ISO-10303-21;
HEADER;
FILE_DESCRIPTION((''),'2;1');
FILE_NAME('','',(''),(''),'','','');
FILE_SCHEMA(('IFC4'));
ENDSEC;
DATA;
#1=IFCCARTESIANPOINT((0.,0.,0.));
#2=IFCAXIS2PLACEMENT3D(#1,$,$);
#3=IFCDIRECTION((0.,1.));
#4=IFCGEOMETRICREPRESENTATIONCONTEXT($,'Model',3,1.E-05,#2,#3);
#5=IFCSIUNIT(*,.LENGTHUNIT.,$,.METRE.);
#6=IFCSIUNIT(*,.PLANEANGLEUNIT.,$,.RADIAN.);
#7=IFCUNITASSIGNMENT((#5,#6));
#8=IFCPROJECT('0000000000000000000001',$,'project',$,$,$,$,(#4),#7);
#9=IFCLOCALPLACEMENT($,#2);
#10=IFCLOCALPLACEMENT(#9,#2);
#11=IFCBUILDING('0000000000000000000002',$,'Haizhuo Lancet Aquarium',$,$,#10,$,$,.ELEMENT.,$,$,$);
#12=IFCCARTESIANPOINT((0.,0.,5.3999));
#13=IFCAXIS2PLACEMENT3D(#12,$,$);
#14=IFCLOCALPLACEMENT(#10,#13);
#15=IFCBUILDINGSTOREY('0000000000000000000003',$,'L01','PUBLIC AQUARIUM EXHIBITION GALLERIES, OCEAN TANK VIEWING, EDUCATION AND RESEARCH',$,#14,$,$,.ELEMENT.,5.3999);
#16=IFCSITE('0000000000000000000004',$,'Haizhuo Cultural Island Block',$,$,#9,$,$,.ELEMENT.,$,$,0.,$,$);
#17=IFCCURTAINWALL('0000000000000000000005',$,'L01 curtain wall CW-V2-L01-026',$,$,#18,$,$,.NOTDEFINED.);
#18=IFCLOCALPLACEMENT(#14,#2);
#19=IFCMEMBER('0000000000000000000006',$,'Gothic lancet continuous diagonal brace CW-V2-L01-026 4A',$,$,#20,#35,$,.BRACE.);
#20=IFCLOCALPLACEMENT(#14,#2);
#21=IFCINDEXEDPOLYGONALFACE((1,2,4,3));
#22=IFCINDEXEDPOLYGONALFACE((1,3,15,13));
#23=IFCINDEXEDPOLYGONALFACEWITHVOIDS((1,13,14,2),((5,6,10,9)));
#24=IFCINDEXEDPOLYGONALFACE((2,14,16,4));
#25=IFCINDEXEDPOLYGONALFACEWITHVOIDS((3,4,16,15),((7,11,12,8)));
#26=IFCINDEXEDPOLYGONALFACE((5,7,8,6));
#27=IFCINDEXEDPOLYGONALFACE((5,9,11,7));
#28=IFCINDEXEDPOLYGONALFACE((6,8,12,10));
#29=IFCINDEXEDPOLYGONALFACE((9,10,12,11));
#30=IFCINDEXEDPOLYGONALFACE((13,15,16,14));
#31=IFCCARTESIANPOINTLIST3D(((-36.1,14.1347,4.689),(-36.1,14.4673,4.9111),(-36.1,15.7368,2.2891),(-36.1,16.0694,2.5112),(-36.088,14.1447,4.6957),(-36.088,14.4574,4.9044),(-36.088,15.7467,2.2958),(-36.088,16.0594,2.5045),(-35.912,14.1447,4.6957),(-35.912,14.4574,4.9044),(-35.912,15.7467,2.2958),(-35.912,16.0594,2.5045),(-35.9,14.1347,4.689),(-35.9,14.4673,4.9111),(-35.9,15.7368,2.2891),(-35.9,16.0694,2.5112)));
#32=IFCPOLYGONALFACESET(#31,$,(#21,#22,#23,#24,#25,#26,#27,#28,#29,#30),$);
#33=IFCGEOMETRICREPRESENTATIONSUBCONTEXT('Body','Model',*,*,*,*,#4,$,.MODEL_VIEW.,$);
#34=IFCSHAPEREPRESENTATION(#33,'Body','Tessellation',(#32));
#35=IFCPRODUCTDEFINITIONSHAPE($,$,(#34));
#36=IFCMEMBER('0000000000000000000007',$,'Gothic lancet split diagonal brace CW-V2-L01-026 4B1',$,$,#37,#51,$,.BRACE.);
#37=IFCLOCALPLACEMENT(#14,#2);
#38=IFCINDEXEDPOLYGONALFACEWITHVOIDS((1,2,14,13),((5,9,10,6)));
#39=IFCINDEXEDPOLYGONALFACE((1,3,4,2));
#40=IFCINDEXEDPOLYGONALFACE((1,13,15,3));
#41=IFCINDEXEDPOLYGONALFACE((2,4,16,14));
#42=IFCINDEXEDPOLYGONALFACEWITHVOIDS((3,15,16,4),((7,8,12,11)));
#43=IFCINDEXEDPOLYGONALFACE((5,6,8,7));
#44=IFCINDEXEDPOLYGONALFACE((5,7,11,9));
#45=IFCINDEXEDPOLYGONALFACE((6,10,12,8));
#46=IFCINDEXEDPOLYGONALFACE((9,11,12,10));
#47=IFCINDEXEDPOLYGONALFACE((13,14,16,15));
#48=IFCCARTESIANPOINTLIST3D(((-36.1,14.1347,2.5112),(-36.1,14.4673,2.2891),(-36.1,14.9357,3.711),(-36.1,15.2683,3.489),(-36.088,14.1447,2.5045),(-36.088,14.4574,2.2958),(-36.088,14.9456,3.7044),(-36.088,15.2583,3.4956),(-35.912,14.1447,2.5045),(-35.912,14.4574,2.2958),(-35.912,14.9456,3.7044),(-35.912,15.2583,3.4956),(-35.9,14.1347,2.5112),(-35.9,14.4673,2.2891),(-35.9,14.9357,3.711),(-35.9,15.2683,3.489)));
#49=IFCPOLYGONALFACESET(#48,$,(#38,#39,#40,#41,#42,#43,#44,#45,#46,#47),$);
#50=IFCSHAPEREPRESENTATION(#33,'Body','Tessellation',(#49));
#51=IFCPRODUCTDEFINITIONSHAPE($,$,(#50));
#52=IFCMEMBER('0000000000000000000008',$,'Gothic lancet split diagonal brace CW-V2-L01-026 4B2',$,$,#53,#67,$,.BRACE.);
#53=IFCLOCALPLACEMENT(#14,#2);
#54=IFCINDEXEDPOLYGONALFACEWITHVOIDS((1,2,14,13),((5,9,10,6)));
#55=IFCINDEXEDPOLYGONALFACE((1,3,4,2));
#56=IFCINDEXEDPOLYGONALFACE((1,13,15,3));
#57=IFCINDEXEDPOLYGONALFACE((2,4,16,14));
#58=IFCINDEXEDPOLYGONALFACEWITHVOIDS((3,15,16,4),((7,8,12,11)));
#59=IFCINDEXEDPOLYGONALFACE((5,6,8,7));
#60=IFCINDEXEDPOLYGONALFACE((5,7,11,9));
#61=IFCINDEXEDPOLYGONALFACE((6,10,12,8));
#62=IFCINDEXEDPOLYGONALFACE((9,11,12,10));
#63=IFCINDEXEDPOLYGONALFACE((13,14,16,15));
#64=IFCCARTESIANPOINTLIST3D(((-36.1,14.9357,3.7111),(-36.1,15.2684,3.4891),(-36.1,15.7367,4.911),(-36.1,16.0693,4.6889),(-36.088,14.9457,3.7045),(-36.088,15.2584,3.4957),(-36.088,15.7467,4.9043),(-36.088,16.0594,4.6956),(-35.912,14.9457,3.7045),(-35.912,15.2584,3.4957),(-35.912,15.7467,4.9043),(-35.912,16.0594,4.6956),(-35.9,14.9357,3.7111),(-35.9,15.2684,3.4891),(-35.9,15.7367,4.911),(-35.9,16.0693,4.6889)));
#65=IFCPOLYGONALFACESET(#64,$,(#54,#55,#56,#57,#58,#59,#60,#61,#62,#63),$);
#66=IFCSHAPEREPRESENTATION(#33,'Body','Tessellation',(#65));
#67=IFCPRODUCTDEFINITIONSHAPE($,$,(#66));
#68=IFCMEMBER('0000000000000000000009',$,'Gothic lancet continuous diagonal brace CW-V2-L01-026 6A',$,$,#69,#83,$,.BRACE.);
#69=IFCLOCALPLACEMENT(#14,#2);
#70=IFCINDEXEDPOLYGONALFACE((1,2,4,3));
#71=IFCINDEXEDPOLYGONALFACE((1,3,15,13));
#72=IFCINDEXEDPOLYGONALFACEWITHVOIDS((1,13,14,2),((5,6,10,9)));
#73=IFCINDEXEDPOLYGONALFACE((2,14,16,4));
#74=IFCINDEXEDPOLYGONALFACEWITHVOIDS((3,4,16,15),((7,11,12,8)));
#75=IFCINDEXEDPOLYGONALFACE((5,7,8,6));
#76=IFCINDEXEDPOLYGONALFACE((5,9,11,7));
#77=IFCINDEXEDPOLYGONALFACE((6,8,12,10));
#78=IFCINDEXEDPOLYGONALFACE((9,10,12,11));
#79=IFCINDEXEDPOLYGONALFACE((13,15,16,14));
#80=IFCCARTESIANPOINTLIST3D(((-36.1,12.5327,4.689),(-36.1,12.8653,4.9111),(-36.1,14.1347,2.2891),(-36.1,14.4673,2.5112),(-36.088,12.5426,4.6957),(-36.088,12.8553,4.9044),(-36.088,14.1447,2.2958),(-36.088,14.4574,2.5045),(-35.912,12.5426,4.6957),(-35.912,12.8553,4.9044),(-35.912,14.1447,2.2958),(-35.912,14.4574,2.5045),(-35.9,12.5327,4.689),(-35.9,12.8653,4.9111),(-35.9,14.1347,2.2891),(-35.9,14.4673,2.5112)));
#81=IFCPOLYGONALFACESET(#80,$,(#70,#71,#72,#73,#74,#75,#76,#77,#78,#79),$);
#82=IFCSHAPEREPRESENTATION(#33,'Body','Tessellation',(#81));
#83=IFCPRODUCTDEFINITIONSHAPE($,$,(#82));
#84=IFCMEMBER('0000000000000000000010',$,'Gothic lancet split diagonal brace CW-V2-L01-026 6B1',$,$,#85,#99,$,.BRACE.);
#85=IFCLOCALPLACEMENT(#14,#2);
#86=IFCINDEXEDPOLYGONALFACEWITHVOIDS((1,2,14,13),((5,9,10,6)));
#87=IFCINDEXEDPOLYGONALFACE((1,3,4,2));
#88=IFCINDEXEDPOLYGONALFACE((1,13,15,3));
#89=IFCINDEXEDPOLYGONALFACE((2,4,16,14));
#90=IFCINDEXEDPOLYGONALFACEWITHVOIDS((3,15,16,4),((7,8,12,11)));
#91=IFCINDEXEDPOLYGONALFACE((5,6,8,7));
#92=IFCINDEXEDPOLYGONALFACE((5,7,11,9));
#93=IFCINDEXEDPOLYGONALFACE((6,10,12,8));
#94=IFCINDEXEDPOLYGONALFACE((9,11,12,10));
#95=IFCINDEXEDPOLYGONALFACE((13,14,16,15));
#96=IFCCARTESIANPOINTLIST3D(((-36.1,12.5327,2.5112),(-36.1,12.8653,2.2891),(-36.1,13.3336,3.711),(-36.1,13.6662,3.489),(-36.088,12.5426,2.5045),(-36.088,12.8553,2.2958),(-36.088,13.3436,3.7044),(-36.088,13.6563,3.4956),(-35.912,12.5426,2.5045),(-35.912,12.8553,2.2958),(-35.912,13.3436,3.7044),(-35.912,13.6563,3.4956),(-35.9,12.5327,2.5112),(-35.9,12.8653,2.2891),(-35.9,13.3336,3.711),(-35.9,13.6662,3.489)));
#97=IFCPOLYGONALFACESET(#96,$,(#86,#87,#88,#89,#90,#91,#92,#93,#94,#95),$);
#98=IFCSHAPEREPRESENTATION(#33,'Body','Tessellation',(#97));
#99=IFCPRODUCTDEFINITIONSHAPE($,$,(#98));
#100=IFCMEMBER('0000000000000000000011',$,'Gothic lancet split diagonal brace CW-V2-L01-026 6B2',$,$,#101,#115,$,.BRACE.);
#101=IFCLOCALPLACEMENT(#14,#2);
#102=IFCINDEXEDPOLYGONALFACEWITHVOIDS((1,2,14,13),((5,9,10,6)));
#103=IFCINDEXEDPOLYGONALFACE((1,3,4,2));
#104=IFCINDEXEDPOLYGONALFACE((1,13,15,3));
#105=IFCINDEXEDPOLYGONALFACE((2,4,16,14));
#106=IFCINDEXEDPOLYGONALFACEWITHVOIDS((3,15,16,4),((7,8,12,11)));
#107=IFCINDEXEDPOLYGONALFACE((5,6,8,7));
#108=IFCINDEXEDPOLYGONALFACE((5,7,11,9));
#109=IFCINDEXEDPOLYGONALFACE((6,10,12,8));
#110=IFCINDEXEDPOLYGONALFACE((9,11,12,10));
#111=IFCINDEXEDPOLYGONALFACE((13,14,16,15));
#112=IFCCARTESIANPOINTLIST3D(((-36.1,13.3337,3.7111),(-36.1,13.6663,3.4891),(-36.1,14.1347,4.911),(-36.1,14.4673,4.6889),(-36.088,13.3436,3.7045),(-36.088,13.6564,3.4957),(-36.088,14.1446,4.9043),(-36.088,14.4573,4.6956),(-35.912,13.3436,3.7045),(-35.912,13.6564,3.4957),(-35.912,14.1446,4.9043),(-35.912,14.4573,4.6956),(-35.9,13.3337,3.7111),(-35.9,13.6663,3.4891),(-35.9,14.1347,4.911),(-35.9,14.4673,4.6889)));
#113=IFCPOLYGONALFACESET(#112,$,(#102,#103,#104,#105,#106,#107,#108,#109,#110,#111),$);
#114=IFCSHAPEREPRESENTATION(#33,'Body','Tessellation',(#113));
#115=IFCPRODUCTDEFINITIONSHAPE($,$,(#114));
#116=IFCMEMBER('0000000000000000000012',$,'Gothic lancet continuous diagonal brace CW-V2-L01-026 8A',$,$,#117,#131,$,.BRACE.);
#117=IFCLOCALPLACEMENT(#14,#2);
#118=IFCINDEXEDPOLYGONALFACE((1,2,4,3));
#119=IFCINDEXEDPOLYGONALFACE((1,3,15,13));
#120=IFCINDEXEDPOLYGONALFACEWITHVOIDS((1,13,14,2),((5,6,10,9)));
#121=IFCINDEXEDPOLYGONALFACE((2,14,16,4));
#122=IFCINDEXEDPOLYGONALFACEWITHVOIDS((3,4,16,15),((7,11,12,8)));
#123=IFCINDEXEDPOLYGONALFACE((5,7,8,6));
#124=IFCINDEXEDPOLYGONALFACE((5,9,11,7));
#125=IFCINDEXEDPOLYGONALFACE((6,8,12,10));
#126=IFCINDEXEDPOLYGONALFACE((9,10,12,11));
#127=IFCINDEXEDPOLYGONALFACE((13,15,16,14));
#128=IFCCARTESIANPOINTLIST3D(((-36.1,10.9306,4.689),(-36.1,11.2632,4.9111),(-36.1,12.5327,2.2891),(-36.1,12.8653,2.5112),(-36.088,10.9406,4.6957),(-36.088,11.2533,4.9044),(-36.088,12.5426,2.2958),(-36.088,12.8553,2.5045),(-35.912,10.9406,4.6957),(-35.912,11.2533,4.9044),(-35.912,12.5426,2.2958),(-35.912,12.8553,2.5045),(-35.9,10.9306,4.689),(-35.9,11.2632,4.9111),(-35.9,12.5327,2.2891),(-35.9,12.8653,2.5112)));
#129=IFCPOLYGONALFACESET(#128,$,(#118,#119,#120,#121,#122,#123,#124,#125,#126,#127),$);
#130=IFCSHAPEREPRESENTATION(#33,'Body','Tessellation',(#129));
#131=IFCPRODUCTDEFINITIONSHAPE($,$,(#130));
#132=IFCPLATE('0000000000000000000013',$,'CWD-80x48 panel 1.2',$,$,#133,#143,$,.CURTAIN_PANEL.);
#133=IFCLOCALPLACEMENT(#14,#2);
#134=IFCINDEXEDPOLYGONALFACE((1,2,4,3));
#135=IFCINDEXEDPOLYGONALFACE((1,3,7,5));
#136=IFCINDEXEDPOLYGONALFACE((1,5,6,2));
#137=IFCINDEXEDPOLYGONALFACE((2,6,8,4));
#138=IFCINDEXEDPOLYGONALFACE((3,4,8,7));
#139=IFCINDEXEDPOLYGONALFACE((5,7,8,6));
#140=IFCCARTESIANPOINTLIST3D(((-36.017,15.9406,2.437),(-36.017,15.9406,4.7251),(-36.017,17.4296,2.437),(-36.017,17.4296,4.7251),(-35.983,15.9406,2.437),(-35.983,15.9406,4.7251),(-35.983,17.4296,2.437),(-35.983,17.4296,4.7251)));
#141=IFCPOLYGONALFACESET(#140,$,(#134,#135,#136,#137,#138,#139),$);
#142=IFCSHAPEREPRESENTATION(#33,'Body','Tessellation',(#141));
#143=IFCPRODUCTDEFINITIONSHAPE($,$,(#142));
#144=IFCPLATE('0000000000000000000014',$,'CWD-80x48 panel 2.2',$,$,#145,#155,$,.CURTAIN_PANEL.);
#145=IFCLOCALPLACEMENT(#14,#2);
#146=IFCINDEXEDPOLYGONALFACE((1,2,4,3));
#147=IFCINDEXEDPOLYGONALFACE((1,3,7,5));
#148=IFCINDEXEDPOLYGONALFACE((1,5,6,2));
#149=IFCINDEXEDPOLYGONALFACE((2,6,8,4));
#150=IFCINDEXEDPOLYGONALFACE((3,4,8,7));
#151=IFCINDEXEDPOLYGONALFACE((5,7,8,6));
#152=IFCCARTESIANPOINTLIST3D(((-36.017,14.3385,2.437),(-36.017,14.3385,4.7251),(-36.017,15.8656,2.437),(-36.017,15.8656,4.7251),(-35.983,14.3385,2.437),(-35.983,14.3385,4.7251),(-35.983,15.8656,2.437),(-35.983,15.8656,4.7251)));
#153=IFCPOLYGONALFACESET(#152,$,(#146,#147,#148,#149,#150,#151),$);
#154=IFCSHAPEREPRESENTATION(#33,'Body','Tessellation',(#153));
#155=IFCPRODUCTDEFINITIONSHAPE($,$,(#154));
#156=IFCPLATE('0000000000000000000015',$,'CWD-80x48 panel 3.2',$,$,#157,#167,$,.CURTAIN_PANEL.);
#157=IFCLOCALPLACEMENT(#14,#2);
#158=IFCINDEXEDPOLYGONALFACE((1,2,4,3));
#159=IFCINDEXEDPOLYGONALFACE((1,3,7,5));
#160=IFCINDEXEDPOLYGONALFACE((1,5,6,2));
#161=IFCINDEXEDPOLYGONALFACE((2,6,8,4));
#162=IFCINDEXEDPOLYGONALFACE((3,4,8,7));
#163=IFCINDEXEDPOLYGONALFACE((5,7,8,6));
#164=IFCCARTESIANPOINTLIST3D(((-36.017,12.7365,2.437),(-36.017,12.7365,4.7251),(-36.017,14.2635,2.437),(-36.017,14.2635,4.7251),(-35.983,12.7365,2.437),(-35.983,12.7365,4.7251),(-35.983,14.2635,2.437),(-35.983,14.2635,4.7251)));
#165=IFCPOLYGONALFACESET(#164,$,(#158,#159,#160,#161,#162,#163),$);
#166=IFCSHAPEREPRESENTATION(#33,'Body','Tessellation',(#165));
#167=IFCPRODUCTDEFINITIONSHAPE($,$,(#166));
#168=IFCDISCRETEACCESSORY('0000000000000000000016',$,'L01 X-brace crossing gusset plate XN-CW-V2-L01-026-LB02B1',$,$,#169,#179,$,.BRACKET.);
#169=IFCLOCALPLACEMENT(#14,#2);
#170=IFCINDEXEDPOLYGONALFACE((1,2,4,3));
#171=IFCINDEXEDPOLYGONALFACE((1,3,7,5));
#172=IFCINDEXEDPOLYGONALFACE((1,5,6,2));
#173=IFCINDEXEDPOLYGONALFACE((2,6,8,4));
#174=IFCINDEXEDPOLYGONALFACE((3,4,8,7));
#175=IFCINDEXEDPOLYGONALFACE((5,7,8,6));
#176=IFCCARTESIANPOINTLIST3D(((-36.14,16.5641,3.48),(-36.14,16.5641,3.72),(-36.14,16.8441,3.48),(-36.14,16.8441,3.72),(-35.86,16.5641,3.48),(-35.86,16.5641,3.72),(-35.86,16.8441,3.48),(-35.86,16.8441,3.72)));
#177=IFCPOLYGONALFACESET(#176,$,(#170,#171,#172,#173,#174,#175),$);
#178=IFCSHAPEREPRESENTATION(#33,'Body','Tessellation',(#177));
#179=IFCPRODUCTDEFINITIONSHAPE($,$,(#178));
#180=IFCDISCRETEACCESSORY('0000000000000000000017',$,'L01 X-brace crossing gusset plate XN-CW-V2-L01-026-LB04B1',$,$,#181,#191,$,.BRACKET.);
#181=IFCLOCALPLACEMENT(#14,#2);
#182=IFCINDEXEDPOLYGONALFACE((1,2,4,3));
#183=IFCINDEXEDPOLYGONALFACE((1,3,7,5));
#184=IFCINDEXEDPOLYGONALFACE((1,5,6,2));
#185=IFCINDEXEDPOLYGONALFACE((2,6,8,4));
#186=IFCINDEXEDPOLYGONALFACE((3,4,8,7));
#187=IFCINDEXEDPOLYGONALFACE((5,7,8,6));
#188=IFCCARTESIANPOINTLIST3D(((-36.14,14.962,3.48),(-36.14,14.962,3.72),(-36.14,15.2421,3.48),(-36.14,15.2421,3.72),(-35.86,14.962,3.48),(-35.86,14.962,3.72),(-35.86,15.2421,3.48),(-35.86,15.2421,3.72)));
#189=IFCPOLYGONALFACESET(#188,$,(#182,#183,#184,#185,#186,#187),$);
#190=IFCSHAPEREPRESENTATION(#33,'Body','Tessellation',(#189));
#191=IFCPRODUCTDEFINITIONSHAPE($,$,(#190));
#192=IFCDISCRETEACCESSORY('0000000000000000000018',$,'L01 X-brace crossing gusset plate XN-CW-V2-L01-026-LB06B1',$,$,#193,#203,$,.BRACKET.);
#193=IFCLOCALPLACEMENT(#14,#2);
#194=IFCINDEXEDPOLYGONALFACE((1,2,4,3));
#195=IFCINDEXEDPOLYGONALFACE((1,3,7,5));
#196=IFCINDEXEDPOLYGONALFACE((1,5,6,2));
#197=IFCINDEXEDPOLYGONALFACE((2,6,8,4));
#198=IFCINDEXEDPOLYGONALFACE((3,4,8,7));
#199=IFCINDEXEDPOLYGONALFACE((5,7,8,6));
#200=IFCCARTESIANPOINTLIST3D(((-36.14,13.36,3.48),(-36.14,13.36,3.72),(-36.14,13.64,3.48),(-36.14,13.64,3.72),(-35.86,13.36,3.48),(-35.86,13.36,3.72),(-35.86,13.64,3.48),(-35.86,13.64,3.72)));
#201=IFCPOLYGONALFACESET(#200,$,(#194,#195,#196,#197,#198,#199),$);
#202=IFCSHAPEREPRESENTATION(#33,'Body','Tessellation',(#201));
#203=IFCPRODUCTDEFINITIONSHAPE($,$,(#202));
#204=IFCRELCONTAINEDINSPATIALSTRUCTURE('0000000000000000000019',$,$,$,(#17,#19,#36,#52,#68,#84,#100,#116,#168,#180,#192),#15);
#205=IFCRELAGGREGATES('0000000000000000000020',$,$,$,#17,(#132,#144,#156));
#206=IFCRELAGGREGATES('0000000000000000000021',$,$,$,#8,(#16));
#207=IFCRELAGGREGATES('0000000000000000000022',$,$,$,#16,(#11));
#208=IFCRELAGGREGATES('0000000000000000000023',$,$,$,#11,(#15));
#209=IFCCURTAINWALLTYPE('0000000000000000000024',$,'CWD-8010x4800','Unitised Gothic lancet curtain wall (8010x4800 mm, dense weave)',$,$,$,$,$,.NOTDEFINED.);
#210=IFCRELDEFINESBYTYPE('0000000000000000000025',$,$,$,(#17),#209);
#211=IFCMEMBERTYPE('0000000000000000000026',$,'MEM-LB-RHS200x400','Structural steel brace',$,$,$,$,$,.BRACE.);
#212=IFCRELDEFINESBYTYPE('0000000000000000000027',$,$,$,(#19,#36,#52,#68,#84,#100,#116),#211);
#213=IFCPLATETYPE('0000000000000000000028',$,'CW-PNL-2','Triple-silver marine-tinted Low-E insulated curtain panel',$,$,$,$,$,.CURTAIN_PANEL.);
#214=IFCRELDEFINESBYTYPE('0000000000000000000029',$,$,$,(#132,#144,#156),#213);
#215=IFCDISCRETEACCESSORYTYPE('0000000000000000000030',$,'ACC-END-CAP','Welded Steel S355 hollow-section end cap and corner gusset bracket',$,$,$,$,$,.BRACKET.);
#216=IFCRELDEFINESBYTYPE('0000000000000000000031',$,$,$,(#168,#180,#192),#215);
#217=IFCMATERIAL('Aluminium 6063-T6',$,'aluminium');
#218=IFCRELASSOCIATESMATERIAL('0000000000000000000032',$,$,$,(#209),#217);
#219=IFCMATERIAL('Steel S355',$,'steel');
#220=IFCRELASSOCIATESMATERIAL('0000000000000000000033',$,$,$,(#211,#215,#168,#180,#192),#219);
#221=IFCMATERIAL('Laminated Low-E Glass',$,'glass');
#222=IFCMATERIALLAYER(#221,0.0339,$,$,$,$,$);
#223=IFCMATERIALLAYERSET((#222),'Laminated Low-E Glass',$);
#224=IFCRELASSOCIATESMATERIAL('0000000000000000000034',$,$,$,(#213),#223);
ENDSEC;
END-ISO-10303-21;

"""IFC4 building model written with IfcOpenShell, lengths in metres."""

from ifc_helpers import new_model, si_unit, direction, frame, origin, origin_2d, place, context, subcontext, project, spatial, rectangle, hollow_rectangle, extrude, material, layer, layer_set, material_profile, profile_set, type_object, element, aggregate, save


model = new_model("IFC4")

# Units and contexts
model_context = context("Model", 3, precision=1e-05, world=origin(), true_north=direction((0.0, 1.0)))
body_context = subcontext(model_context, "Body", "Model", "MODEL_VIEW")
ifc_project = project(units=[si_unit("LENGTHUNIT", "METRE"), si_unit("PLANEANGLEUNIT", "RADIAN")], contexts=[model_context])

# Site, building, storey
site_placement = place(None, origin())
site = spatial("IfcSite", under=ifc_project, at=site_placement, Name="Haizhuo Cultural Island Block", CompositionType="ELEMENT", RefElevation=0.0)
building_placement = place(site_placement, origin())
building = spatial("IfcBuilding", under=site, at=building_placement, Name="Haizhuo Lancet Aquarium", CompositionType="ELEMENT")
storey_placement = place(building_placement, frame((0.0, 0.0, 5.3999)))
storey = spatial("IfcBuildingStorey", under=building, at=storey_placement, Name="L01", Description="PUBLIC AQUARIUM EXHIBITION GALLERIES, OCEAN TANK VIEWING, EDUCATION AND RESEARCH", CompositionType="ELEMENT", Elevation=5.3999)

# Curtain wall
ifc_material_1 = material(Name="Aluminium 6063-T6", Category="aluminium")
curtain_wall_type = type_object("IfcCurtainWallType", Name="CWD-8010x4800", Description="Unitised Gothic lancet curtain wall (8010x4800 mm, dense weave)", PredefinedType="NOTDEFINED", material=ifc_material_1)
curtain_wall_placement = place(storey_placement, origin())
curtain_wall = element("IfcCurtainWall", 1, at=curtain_wall_placement, inside=storey, type_object=curtain_wall_type, Name="L01 curtain wall CW-V2-L01-026", PredefinedType="NOTDEFINED")

# Members
ifc_material_2 = material(Name="Steel S355", Category="steel")
ifc_material_profile_1 = material_profile(ifc_material_2, hollow_rectangle(XDim=0.2, YDim=0.3999, WallThickness=0.012, at=origin_2d()), Name="RHS 200x400x12")
ifc_profile_set_1 = profile_set([ifc_material_profile_1], Name="Steel S355")
member_type_1 = type_object("IfcMemberType", Name="MEM-LB-RHS200x400", Description="Structural steel brace", PredefinedType="BRACE", material=ifc_profile_set_1)
member_1_placement = place(storey_placement, frame((-36.0, 15.9031, 2.4001), z_axis=(0.0, -0.555208, 0.831712), x_axis=(1.0, 0.0, 0.0)))
element("IfcMember", 2, at=member_1_placement, inside=storey, type_object=member_type_1, Name="Gothic lancet continuous diagonal brace CW-V2-L01-026 4A", PredefinedType="BRACE", context=body_context, shape_type="SweptSolid", body=[
    extrude(hollow_rectangle(XDim=0.2, YDim=0.3999, WallThickness=0.012, at=origin_2d()), origin(), (0.0, 0.0, 1.0), 2.8855),
])
for number, where, z_axis, x_axis, name in (
    (3, (-36.0, 14.301, 2.4001), (0.0, 0.555208, 0.831712), (-1.0, 0.0, 0.0), "Gothic lancet split diagonal brace CW-V2-L01-026 4B1"),
    (4, (-36.0, 15.1021, 3.6001), (0.0, 0.555208, 0.831712), (-1.0, 0.0, 0.0), "Gothic lancet split diagonal brace CW-V2-L01-026 4B2"),
):
    element("IfcMember", number, at=place(storey_placement, frame(where, z_axis=z_axis, x_axis=x_axis)), inside=storey, type_object=member_type_1, Name=name, PredefinedType="BRACE", context=body_context, shape_type="SweptSolid", body=[
        extrude(hollow_rectangle(XDim=0.2, YDim=0.3999, WallThickness=0.012, at=origin_2d()), origin(), (0.0, 0.0, 1.0), 1.4426),
    ])
member_2_placement = place(storey_placement, frame((-36.0, 14.301, 2.4001), z_axis=(0.0, -0.555208, 0.831712), x_axis=(1.0, 0.0, 0.0)))
element("IfcMember", 5, at=member_2_placement, inside=storey, type_object=member_type_1, Name="Gothic lancet continuous diagonal brace CW-V2-L01-026 6A", PredefinedType="BRACE", context=body_context, shape_type="SweptSolid", body=[
    extrude(hollow_rectangle(XDim=0.2, YDim=0.3999, WallThickness=0.012, at=origin_2d()), origin(), (0.0, 0.0, 1.0), 2.8855),
])
for number, where, z_axis, x_axis, name in (
    (6, (-36.0, 12.699, 2.4001), (0.0, 0.555208, 0.831712), (-1.0, 0.0, 0.0), "Gothic lancet split diagonal brace CW-V2-L01-026 6B1"),
    (7, (-36.0, 13.5, 3.6001), (0.0, 0.555208, 0.831712), (-1.0, 0.0, 0.0), "Gothic lancet split diagonal brace CW-V2-L01-026 6B2"),
):
    element("IfcMember", number, at=place(storey_placement, frame(where, z_axis=z_axis, x_axis=x_axis)), inside=storey, type_object=member_type_1, Name=name, PredefinedType="BRACE", context=body_context, shape_type="SweptSolid", body=[
        extrude(hollow_rectangle(XDim=0.2, YDim=0.3999, WallThickness=0.012, at=origin_2d()), origin(), (0.0, 0.0, 1.0), 1.4426),
    ])
member_3_placement = place(storey_placement, frame((-36.0, 12.699, 2.4001), z_axis=(0.0, -0.555208, 0.831712), x_axis=(1.0, 0.0, 0.0)))
element("IfcMember", 8, at=member_3_placement, inside=storey, type_object=member_type_1, Name="Gothic lancet continuous diagonal brace CW-V2-L01-026 8A", PredefinedType="BRACE", context=body_context, shape_type="SweptSolid", body=[
    extrude(hollow_rectangle(XDim=0.2, YDim=0.3999, WallThickness=0.012, at=origin_2d()), origin(), (0.0, 0.0, 1.0), 2.8855),
])

# Plates
ifc_material_3 = material(Name="Laminated Low-E Glass", Category="glass")
ifc_layer = layer(ifc_material_3, 0.0339)
ifc_layer_set = layer_set([ifc_layer], Name="Laminated Low-E Glass")
plate_type = type_object("IfcPlateType", Name="CW-PNL-2", Description="Triple-silver marine-tinted Low-E insulated curtain panel", PredefinedType="CURTAIN_PANEL", material=ifc_layer_set)
plate_1_placement = place(storey_placement, frame((-36.0, 16.6851, 2.437), z_axis=(0.0, 0.0, 1.0), x_axis=(0.0, -1.0, 0.0)))
plate_1 = element("IfcPlate", 9, at=plate_1_placement, type_object=plate_type, Name="CWD-80x48 panel 1.2", PredefinedType="CURTAIN_PANEL", context=body_context, shape_type="SweptSolid", body=[
    extrude(rectangle(XDim=1.489, YDim=0.0339, at=origin_2d()), origin(), (0.0, 0.0, 1.0), 2.2881),
])
plate_2_placement = place(storey_placement, frame((-36.0, 15.1021, 2.437), z_axis=(0.0, 0.0, 1.0), x_axis=(0.0, -1.0, 0.0)))
plate_2 = element("IfcPlate", 10, at=plate_2_placement, type_object=plate_type, Name="CWD-80x48 panel 2.2", PredefinedType="CURTAIN_PANEL", context=body_context, shape_type="SweptSolid", body=[
    extrude(rectangle(XDim=1.5271, YDim=0.0339, at=origin_2d()), origin(), (0.0, 0.0, 1.0), 2.2881),
])
plate_3_placement = place(storey_placement, frame((-36.0, 13.5, 2.437), z_axis=(0.0, 0.0, 1.0), x_axis=(0.0, -1.0, 0.0)))
plate_3 = element("IfcPlate", 11, at=plate_3_placement, type_object=plate_type, Name="CWD-80x48 panel 3.2", PredefinedType="CURTAIN_PANEL", context=body_context, shape_type="SweptSolid", body=[
    extrude(rectangle(XDim=1.5271, YDim=0.0339, at=origin_2d()), origin(), (0.0, 0.0, 1.0), 2.2881),
])
aggregate(curtain_wall, [plate_1, plate_2, plate_3])

# Discrete accessories
discrete_accessory_type = type_object("IfcDiscreteAccessoryType", Name="ACC-END-CAP", Description="Welded Steel S355 hollow-section end cap and corner gusset bracket", PredefinedType="BRACKET", material=ifc_material_2)
for number, where, z_axis, x_axis, name in (
    (12, (-36.0, 16.7041, 3.48), (0.0, 0.0, 1.0), (1.0, 0.0, 0.0), "L01 X-brace crossing gusset plate XN-CW-V2-L01-026-LB02B1"),
    (13, (-36.0, 15.1021, 3.48), (0.0, 0.0, 1.0), (1.0, 0.0, 0.0), "L01 X-brace crossing gusset plate XN-CW-V2-L01-026-LB04B1"),
    (14, (-36.0, 13.5, 3.48), (0.0, 0.0, 1.0), (1.0, 0.0, 0.0), "L01 X-brace crossing gusset plate XN-CW-V2-L01-026-LB06B1"),
):
    element("IfcDiscreteAccessory", number, at=place(storey_placement, frame(where, z_axis=z_axis, x_axis=x_axis)), inside=storey, type_object=discrete_accessory_type, material=ifc_material_2, Name=name, PredefinedType="BRACKET", context=body_context, shape_type="SweptSolid", body=[
        extrude(rectangle(XDim=0.28, YDim=0.28, at=origin_2d()), origin(), (0.0, 0.0, 1.0), 0.24),
    ])

save(model, "model.ifc")
